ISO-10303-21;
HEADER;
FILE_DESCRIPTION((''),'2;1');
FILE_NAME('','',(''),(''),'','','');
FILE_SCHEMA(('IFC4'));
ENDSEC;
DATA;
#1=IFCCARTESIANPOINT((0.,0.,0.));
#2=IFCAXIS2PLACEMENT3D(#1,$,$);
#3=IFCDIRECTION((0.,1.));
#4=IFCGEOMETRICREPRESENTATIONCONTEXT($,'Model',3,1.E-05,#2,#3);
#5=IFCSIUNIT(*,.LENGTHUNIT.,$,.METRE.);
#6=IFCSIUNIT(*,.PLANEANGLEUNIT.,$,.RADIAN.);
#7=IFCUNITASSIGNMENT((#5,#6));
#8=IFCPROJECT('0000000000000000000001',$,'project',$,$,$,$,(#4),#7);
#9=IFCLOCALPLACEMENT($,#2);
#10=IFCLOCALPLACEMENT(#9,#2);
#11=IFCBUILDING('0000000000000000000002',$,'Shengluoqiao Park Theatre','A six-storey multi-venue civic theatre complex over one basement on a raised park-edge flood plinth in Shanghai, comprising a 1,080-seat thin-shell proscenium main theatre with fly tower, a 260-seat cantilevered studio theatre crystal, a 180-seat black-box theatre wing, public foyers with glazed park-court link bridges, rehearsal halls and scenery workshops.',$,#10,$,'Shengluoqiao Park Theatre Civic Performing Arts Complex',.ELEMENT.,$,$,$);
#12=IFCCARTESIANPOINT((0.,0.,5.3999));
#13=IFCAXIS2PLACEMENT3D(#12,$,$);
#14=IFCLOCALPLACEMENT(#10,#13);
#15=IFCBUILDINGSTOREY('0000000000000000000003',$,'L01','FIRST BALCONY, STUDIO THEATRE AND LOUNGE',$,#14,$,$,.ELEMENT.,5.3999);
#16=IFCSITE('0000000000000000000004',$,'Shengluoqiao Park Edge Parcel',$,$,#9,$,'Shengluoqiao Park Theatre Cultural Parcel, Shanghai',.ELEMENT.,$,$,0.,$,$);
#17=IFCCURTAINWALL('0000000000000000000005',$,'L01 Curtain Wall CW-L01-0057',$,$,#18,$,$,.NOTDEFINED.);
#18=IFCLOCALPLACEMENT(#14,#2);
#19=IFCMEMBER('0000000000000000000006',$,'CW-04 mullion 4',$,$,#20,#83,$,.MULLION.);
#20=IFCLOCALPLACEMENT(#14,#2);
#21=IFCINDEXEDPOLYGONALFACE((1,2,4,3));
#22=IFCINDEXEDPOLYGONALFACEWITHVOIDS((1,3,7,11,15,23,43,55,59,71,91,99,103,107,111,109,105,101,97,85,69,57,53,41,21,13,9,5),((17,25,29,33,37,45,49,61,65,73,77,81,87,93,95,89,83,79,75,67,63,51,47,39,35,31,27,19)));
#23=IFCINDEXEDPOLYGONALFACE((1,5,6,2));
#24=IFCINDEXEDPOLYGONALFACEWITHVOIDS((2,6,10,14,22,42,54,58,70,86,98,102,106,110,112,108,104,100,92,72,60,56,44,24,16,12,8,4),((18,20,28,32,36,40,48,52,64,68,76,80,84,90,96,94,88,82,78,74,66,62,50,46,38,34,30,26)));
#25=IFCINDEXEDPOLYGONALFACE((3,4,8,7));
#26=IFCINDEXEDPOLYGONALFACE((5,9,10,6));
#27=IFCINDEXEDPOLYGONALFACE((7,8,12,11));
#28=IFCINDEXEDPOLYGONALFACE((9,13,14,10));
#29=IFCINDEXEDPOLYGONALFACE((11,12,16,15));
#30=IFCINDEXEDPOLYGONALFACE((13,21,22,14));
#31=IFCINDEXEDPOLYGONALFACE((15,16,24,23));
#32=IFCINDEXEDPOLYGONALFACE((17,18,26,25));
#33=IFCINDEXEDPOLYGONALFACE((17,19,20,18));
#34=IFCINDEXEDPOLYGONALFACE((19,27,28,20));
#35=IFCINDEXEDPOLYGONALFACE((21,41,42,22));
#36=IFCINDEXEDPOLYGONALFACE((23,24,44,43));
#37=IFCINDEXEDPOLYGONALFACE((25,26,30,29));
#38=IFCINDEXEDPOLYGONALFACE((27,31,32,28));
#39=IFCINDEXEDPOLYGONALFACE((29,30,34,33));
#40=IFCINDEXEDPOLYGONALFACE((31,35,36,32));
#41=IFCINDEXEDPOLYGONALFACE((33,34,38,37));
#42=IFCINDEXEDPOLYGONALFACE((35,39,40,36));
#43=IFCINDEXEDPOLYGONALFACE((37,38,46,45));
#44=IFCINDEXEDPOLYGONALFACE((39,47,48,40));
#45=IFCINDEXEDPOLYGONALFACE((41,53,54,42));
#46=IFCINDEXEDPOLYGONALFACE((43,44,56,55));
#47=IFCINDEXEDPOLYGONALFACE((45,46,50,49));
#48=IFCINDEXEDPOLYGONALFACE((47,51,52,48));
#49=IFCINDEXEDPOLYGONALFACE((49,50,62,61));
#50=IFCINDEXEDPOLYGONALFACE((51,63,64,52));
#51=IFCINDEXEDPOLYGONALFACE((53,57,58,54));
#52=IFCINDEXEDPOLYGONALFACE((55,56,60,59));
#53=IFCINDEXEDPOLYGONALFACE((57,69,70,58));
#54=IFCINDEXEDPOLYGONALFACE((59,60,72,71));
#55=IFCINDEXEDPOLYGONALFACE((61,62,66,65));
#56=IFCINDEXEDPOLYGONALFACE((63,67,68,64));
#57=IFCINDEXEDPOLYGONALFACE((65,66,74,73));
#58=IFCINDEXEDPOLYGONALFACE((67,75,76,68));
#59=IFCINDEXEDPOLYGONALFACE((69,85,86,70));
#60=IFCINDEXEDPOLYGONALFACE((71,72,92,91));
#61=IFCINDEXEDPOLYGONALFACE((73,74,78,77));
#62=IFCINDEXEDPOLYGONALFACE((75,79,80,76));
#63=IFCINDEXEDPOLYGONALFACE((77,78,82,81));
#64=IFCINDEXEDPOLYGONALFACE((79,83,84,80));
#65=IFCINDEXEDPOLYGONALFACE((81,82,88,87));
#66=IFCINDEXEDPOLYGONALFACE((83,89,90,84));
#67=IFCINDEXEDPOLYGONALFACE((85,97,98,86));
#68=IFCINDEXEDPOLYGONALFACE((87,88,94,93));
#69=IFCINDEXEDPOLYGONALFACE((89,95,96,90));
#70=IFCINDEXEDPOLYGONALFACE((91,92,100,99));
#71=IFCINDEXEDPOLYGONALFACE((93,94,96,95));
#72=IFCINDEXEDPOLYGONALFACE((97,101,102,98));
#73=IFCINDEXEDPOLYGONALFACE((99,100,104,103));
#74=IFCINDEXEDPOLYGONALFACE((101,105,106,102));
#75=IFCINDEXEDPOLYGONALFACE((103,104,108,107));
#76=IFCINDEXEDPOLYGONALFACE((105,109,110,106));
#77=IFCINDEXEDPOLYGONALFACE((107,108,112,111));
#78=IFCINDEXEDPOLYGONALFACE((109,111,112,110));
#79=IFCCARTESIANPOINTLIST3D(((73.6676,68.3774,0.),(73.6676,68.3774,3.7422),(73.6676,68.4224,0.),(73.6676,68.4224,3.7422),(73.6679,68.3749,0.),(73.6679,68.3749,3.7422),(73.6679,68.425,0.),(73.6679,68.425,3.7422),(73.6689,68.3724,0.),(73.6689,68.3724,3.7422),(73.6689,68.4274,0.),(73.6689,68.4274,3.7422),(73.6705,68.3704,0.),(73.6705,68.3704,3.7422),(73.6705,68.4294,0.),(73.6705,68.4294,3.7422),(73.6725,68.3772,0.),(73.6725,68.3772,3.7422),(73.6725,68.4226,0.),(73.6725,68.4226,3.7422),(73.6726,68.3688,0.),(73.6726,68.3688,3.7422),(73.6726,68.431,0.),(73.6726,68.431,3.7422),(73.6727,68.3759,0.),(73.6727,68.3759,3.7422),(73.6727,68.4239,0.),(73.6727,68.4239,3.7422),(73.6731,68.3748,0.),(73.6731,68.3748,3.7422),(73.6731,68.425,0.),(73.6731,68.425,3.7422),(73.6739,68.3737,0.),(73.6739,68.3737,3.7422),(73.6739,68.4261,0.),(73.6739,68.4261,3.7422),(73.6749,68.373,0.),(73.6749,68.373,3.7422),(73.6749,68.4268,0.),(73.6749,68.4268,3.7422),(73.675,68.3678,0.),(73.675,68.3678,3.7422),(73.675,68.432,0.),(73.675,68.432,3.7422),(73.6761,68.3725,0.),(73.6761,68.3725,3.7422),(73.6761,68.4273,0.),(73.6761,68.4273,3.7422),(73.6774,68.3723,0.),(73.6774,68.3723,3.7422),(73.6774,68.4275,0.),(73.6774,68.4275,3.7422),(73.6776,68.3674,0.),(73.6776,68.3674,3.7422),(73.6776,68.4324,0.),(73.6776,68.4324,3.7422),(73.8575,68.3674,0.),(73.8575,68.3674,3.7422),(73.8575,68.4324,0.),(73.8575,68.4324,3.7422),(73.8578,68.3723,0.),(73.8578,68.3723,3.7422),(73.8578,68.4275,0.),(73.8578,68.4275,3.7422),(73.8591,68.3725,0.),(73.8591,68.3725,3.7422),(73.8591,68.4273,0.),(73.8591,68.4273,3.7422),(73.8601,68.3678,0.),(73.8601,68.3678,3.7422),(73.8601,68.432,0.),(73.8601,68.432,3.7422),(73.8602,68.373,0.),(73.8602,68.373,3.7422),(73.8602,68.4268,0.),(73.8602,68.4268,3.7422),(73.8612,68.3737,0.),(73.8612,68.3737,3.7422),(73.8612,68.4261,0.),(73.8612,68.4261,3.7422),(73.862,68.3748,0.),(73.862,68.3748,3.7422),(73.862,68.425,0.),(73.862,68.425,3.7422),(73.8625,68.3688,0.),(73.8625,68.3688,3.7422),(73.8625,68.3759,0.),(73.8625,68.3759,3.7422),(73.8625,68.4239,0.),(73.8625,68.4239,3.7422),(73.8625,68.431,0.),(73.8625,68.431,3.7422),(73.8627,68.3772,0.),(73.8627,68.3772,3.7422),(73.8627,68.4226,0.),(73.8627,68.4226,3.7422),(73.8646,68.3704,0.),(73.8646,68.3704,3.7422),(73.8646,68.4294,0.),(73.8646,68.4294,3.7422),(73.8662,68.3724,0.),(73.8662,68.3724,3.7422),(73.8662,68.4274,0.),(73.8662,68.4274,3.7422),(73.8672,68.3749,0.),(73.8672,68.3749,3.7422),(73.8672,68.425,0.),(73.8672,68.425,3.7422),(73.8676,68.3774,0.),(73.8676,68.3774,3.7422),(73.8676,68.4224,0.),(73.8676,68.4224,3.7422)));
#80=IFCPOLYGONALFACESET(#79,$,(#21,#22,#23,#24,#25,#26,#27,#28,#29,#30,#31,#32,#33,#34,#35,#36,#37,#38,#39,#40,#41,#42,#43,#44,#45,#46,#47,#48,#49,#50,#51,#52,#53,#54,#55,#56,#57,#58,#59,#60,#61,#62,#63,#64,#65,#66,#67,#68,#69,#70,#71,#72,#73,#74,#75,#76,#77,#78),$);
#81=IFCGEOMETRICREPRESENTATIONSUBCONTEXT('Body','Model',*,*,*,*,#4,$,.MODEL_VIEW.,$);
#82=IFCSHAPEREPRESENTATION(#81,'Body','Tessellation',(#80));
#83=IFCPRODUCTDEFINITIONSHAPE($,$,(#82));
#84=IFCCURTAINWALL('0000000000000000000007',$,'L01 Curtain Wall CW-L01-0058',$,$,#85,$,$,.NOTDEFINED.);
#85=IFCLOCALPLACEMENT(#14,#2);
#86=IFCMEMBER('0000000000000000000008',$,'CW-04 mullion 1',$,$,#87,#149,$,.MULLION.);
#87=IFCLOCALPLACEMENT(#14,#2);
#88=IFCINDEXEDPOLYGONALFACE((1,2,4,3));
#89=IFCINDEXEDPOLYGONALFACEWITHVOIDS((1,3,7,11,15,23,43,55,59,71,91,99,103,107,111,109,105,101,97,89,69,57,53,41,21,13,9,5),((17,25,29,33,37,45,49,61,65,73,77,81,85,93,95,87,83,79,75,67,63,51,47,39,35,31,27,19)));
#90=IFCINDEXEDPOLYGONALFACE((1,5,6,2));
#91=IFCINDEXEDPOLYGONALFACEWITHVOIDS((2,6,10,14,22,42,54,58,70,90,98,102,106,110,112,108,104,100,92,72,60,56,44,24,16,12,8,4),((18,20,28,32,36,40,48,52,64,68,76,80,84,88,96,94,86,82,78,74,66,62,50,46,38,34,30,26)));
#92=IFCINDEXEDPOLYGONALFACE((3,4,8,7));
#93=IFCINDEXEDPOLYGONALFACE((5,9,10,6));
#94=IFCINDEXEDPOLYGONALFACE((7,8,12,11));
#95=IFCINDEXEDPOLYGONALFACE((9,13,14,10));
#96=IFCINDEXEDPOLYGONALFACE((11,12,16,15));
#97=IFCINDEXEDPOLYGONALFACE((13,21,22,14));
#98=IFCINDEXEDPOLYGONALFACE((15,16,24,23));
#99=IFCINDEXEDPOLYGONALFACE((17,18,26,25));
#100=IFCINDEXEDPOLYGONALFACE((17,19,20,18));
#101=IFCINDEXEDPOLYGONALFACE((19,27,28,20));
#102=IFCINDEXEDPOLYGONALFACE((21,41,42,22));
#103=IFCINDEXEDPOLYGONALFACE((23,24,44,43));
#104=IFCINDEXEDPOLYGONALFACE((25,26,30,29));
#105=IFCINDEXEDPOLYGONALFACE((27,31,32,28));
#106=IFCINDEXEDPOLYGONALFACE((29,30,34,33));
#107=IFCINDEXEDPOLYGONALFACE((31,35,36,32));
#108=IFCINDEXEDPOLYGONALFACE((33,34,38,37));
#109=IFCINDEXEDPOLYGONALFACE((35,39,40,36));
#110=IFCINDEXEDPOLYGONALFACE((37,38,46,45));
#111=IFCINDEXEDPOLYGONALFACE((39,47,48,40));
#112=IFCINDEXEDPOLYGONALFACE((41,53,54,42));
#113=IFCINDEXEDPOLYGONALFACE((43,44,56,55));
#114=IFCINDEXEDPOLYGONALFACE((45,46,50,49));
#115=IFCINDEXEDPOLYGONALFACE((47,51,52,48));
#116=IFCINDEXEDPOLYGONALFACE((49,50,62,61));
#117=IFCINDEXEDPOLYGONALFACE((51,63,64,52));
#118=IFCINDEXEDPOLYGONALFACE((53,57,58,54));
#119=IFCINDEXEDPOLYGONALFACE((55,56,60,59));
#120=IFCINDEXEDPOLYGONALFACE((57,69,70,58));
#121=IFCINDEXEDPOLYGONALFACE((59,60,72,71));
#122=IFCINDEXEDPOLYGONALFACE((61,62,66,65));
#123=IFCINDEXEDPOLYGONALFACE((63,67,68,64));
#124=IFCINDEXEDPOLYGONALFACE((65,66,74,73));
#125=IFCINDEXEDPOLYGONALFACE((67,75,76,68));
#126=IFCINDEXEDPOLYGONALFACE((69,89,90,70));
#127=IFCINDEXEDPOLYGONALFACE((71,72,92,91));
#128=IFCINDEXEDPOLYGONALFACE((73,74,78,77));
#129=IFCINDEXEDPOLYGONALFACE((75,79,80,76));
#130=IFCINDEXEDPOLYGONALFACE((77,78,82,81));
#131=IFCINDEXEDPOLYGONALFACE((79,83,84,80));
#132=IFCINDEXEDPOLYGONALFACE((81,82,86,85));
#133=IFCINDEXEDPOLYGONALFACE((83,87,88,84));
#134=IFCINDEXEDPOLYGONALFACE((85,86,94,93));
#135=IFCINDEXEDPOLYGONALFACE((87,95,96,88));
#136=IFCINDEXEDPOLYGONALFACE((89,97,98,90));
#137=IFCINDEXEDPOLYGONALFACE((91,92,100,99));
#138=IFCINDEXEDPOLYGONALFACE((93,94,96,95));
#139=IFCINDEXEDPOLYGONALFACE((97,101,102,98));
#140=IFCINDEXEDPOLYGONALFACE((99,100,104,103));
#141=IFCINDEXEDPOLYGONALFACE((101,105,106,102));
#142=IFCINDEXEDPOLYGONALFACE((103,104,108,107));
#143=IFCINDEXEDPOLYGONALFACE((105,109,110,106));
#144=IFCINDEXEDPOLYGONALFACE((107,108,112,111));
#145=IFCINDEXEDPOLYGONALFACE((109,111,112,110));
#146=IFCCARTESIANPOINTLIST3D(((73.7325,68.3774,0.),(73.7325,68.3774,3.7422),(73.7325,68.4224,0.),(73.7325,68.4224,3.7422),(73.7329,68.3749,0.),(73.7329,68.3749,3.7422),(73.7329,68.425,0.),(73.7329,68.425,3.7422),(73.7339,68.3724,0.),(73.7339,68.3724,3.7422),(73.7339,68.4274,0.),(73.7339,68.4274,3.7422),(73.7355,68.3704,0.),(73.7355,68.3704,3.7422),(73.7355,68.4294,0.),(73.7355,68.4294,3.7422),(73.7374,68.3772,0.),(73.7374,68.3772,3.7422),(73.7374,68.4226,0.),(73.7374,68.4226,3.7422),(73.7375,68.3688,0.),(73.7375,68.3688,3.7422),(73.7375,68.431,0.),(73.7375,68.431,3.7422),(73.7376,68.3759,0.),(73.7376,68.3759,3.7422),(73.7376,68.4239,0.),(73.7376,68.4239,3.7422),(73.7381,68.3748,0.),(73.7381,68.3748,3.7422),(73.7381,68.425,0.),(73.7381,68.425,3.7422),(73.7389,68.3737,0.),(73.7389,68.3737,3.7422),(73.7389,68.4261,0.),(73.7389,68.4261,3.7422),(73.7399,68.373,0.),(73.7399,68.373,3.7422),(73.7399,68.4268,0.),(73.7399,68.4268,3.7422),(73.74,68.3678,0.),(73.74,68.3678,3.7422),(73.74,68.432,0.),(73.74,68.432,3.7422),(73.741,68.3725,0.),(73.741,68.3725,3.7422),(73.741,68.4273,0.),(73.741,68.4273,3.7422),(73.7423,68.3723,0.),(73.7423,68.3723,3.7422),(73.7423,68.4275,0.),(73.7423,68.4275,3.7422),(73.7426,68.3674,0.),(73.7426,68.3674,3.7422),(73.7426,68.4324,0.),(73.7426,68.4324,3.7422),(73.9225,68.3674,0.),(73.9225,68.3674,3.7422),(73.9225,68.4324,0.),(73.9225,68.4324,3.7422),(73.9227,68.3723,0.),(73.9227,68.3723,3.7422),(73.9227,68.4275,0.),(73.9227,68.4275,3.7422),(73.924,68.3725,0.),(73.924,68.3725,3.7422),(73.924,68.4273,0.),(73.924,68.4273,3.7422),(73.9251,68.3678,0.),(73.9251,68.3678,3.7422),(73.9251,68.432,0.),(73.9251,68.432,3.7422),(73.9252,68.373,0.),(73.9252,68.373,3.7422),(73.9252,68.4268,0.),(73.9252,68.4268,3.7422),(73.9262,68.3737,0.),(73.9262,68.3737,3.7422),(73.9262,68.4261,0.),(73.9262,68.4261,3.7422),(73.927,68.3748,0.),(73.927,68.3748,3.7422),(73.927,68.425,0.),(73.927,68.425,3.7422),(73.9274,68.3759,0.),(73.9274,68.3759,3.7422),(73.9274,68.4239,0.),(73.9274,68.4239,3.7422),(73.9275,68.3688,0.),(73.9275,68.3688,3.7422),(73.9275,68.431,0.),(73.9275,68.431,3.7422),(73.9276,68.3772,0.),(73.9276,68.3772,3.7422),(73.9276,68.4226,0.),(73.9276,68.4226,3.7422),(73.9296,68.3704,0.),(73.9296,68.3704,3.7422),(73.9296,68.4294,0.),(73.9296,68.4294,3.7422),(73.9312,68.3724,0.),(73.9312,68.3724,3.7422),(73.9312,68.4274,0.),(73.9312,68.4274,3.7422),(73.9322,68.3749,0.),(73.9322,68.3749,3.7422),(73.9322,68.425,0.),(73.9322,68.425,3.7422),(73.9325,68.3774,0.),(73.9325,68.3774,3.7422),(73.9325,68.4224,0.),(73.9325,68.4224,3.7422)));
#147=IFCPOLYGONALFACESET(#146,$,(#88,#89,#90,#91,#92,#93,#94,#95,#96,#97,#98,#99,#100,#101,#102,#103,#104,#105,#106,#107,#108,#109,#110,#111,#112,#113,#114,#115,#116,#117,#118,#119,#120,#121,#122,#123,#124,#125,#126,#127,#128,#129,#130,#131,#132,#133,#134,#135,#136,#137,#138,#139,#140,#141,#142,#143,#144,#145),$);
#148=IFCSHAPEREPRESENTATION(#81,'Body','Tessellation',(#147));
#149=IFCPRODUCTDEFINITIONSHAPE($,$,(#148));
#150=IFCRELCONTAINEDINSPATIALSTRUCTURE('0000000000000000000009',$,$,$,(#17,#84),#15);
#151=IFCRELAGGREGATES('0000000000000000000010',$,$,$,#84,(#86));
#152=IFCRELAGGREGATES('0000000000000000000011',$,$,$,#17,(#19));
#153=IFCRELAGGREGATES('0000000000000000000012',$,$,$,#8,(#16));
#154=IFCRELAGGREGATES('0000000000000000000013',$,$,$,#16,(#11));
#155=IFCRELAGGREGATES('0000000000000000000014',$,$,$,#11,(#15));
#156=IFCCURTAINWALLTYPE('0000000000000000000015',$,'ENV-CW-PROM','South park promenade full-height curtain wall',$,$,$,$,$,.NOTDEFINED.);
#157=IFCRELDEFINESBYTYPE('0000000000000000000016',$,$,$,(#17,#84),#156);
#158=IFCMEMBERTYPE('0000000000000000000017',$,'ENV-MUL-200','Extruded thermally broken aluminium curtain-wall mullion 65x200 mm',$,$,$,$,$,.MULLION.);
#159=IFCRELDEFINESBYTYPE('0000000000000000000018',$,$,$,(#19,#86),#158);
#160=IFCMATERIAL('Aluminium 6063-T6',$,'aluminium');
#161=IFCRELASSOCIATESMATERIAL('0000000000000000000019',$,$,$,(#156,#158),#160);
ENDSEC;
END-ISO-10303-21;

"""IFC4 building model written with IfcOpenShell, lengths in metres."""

from ifc_helpers import new_model, si_unit, direction, frame, origin, origin_2d, place, context, subcontext, project, spatial, hollow_rectangle, extrude, material, material_profile, profile_set, type_object, element, aggregate, save


model = new_model("IFC4")

# Units and contexts
model_context = context("Model", 3, precision=1e-05, world=origin(), true_north=direction((0.0, 1.0)))
body_context = subcontext(model_context, "Body", "Model", "MODEL_VIEW")
ifc_project = project(units=[si_unit("LENGTHUNIT", "METRE"), si_unit("PLANEANGLEUNIT", "RADIAN")], contexts=[model_context])

# Site, building, storey
site_placement = place(None, origin())
site = spatial("IfcSite", under=ifc_project, at=site_placement, Name="Shengluoqiao Park Edge Parcel", LongName="Shengluoqiao Park Theatre Cultural Parcel, Shanghai", CompositionType="ELEMENT", RefElevation=0.0)
building_placement = place(site_placement, origin())
building = spatial("IfcBuilding", under=site, at=building_placement, Name="Shengluoqiao Park Theatre", Description="A six-storey multi-venue civic theatre complex over one basement on a raised park-edge flood plinth in Shanghai, comprising a 1,080-seat thin-shell proscenium main theatre with fly tower, a 260-seat cantilevered studio theatre crystal, a 180-seat black-box theatre wing, public foyers with glazed park-court link bridges, rehearsal halls and scenery workshops.", LongName="Shengluoqiao Park Theatre Civic Performing Arts Complex", CompositionType="ELEMENT")
storey_placement = place(building_placement, frame((0.0, 0.0, 5.3999)))
storey = spatial("IfcBuildingStorey", under=building, at=storey_placement, Name="L01", Description="FIRST BALCONY, STUDIO THEATRE AND LOUNGE", CompositionType="ELEMENT", Elevation=5.3999)

# Curtain wall, member
ifc_material_1 = material(Name="Aluminium 6063-T6", Category="aluminium")
curtain_wall_type_1 = type_object("IfcCurtainWallType", Name="ENV-CW-PROM", Description="South park promenade full-height curtain wall", PredefinedType="NOTDEFINED", material=ifc_material_1)
curtain_wall_1_placement = place(storey_placement, origin())
curtain_wall_1 = element("IfcCurtainWall", 1, at=curtain_wall_1_placement, inside=storey, type_object=curtain_wall_type_1, Name="L01 Curtain Wall CW-L01-0057", PredefinedType="NOTDEFINED")
ifc_material_profile_1 = material_profile(ifc_material_1, hollow_rectangle(XDim=0.0649, YDim=0.2, WallThickness=0.0049, InnerFilletRadius=0.0049, OuterFilletRadius=0.01, at=origin_2d()), Name="ALU MULLION 200x65x5")
ifc_profile_set_1 = profile_set([ifc_material_profile_1], Name="Aluminium 6063-T6")
member_type_1 = type_object("IfcMemberType", Name="ENV-MUL-200", Description="Extruded thermally broken aluminium curtain-wall mullion 65x200 mm", PredefinedType="MULLION", material=ifc_profile_set_1)
member_1_placement = place(storey_placement, frame((73.7676, 68.3999, 0.0), z_axis=(0.0, 0.0, 1.0), x_axis=(0.0, 1.0, 0.0)))
member_1 = element("IfcMember", 2, at=member_1_placement, type_object=member_type_1, Name="CW-04 mullion 4", PredefinedType="MULLION", context=body_context, shape_type="SweptSolid", body=[
    extrude(hollow_rectangle(XDim=0.0649, YDim=0.2, WallThickness=0.0049, InnerFilletRadius=0.0049, OuterFilletRadius=0.01, at=origin_2d()), origin(), (0.0, 0.0, 1.0), 3.7422),
])

# Curtain wall, member
curtain_wall_2_placement = place(storey_placement, origin())
curtain_wall_2 = element("IfcCurtainWall", 3, at=curtain_wall_2_placement, inside=storey, type_object=curtain_wall_type_1, Name="L01 Curtain Wall CW-L01-0058", PredefinedType="NOTDEFINED")
member_2_placement = place(storey_placement, frame((73.8325, 68.3999, 0.0), z_axis=(0.0, 0.0, 1.0), x_axis=(0.0, 1.0, 0.0)))
member_2 = element("IfcMember", 4, at=member_2_placement, type_object=member_type_1, Name="CW-04 mullion 1", PredefinedType="MULLION", context=body_context, shape_type="SweptSolid", body=[
    extrude(hollow_rectangle(XDim=0.0649, YDim=0.2, WallThickness=0.0049, InnerFilletRadius=0.0049, OuterFilletRadius=0.01, at=origin_2d()), origin(), (0.0, 0.0, 1.0), 3.7422),
])

aggregate(curtain_wall_2, [member_2])

aggregate(curtain_wall_1, [member_1])

save(model, "model.ifc")
